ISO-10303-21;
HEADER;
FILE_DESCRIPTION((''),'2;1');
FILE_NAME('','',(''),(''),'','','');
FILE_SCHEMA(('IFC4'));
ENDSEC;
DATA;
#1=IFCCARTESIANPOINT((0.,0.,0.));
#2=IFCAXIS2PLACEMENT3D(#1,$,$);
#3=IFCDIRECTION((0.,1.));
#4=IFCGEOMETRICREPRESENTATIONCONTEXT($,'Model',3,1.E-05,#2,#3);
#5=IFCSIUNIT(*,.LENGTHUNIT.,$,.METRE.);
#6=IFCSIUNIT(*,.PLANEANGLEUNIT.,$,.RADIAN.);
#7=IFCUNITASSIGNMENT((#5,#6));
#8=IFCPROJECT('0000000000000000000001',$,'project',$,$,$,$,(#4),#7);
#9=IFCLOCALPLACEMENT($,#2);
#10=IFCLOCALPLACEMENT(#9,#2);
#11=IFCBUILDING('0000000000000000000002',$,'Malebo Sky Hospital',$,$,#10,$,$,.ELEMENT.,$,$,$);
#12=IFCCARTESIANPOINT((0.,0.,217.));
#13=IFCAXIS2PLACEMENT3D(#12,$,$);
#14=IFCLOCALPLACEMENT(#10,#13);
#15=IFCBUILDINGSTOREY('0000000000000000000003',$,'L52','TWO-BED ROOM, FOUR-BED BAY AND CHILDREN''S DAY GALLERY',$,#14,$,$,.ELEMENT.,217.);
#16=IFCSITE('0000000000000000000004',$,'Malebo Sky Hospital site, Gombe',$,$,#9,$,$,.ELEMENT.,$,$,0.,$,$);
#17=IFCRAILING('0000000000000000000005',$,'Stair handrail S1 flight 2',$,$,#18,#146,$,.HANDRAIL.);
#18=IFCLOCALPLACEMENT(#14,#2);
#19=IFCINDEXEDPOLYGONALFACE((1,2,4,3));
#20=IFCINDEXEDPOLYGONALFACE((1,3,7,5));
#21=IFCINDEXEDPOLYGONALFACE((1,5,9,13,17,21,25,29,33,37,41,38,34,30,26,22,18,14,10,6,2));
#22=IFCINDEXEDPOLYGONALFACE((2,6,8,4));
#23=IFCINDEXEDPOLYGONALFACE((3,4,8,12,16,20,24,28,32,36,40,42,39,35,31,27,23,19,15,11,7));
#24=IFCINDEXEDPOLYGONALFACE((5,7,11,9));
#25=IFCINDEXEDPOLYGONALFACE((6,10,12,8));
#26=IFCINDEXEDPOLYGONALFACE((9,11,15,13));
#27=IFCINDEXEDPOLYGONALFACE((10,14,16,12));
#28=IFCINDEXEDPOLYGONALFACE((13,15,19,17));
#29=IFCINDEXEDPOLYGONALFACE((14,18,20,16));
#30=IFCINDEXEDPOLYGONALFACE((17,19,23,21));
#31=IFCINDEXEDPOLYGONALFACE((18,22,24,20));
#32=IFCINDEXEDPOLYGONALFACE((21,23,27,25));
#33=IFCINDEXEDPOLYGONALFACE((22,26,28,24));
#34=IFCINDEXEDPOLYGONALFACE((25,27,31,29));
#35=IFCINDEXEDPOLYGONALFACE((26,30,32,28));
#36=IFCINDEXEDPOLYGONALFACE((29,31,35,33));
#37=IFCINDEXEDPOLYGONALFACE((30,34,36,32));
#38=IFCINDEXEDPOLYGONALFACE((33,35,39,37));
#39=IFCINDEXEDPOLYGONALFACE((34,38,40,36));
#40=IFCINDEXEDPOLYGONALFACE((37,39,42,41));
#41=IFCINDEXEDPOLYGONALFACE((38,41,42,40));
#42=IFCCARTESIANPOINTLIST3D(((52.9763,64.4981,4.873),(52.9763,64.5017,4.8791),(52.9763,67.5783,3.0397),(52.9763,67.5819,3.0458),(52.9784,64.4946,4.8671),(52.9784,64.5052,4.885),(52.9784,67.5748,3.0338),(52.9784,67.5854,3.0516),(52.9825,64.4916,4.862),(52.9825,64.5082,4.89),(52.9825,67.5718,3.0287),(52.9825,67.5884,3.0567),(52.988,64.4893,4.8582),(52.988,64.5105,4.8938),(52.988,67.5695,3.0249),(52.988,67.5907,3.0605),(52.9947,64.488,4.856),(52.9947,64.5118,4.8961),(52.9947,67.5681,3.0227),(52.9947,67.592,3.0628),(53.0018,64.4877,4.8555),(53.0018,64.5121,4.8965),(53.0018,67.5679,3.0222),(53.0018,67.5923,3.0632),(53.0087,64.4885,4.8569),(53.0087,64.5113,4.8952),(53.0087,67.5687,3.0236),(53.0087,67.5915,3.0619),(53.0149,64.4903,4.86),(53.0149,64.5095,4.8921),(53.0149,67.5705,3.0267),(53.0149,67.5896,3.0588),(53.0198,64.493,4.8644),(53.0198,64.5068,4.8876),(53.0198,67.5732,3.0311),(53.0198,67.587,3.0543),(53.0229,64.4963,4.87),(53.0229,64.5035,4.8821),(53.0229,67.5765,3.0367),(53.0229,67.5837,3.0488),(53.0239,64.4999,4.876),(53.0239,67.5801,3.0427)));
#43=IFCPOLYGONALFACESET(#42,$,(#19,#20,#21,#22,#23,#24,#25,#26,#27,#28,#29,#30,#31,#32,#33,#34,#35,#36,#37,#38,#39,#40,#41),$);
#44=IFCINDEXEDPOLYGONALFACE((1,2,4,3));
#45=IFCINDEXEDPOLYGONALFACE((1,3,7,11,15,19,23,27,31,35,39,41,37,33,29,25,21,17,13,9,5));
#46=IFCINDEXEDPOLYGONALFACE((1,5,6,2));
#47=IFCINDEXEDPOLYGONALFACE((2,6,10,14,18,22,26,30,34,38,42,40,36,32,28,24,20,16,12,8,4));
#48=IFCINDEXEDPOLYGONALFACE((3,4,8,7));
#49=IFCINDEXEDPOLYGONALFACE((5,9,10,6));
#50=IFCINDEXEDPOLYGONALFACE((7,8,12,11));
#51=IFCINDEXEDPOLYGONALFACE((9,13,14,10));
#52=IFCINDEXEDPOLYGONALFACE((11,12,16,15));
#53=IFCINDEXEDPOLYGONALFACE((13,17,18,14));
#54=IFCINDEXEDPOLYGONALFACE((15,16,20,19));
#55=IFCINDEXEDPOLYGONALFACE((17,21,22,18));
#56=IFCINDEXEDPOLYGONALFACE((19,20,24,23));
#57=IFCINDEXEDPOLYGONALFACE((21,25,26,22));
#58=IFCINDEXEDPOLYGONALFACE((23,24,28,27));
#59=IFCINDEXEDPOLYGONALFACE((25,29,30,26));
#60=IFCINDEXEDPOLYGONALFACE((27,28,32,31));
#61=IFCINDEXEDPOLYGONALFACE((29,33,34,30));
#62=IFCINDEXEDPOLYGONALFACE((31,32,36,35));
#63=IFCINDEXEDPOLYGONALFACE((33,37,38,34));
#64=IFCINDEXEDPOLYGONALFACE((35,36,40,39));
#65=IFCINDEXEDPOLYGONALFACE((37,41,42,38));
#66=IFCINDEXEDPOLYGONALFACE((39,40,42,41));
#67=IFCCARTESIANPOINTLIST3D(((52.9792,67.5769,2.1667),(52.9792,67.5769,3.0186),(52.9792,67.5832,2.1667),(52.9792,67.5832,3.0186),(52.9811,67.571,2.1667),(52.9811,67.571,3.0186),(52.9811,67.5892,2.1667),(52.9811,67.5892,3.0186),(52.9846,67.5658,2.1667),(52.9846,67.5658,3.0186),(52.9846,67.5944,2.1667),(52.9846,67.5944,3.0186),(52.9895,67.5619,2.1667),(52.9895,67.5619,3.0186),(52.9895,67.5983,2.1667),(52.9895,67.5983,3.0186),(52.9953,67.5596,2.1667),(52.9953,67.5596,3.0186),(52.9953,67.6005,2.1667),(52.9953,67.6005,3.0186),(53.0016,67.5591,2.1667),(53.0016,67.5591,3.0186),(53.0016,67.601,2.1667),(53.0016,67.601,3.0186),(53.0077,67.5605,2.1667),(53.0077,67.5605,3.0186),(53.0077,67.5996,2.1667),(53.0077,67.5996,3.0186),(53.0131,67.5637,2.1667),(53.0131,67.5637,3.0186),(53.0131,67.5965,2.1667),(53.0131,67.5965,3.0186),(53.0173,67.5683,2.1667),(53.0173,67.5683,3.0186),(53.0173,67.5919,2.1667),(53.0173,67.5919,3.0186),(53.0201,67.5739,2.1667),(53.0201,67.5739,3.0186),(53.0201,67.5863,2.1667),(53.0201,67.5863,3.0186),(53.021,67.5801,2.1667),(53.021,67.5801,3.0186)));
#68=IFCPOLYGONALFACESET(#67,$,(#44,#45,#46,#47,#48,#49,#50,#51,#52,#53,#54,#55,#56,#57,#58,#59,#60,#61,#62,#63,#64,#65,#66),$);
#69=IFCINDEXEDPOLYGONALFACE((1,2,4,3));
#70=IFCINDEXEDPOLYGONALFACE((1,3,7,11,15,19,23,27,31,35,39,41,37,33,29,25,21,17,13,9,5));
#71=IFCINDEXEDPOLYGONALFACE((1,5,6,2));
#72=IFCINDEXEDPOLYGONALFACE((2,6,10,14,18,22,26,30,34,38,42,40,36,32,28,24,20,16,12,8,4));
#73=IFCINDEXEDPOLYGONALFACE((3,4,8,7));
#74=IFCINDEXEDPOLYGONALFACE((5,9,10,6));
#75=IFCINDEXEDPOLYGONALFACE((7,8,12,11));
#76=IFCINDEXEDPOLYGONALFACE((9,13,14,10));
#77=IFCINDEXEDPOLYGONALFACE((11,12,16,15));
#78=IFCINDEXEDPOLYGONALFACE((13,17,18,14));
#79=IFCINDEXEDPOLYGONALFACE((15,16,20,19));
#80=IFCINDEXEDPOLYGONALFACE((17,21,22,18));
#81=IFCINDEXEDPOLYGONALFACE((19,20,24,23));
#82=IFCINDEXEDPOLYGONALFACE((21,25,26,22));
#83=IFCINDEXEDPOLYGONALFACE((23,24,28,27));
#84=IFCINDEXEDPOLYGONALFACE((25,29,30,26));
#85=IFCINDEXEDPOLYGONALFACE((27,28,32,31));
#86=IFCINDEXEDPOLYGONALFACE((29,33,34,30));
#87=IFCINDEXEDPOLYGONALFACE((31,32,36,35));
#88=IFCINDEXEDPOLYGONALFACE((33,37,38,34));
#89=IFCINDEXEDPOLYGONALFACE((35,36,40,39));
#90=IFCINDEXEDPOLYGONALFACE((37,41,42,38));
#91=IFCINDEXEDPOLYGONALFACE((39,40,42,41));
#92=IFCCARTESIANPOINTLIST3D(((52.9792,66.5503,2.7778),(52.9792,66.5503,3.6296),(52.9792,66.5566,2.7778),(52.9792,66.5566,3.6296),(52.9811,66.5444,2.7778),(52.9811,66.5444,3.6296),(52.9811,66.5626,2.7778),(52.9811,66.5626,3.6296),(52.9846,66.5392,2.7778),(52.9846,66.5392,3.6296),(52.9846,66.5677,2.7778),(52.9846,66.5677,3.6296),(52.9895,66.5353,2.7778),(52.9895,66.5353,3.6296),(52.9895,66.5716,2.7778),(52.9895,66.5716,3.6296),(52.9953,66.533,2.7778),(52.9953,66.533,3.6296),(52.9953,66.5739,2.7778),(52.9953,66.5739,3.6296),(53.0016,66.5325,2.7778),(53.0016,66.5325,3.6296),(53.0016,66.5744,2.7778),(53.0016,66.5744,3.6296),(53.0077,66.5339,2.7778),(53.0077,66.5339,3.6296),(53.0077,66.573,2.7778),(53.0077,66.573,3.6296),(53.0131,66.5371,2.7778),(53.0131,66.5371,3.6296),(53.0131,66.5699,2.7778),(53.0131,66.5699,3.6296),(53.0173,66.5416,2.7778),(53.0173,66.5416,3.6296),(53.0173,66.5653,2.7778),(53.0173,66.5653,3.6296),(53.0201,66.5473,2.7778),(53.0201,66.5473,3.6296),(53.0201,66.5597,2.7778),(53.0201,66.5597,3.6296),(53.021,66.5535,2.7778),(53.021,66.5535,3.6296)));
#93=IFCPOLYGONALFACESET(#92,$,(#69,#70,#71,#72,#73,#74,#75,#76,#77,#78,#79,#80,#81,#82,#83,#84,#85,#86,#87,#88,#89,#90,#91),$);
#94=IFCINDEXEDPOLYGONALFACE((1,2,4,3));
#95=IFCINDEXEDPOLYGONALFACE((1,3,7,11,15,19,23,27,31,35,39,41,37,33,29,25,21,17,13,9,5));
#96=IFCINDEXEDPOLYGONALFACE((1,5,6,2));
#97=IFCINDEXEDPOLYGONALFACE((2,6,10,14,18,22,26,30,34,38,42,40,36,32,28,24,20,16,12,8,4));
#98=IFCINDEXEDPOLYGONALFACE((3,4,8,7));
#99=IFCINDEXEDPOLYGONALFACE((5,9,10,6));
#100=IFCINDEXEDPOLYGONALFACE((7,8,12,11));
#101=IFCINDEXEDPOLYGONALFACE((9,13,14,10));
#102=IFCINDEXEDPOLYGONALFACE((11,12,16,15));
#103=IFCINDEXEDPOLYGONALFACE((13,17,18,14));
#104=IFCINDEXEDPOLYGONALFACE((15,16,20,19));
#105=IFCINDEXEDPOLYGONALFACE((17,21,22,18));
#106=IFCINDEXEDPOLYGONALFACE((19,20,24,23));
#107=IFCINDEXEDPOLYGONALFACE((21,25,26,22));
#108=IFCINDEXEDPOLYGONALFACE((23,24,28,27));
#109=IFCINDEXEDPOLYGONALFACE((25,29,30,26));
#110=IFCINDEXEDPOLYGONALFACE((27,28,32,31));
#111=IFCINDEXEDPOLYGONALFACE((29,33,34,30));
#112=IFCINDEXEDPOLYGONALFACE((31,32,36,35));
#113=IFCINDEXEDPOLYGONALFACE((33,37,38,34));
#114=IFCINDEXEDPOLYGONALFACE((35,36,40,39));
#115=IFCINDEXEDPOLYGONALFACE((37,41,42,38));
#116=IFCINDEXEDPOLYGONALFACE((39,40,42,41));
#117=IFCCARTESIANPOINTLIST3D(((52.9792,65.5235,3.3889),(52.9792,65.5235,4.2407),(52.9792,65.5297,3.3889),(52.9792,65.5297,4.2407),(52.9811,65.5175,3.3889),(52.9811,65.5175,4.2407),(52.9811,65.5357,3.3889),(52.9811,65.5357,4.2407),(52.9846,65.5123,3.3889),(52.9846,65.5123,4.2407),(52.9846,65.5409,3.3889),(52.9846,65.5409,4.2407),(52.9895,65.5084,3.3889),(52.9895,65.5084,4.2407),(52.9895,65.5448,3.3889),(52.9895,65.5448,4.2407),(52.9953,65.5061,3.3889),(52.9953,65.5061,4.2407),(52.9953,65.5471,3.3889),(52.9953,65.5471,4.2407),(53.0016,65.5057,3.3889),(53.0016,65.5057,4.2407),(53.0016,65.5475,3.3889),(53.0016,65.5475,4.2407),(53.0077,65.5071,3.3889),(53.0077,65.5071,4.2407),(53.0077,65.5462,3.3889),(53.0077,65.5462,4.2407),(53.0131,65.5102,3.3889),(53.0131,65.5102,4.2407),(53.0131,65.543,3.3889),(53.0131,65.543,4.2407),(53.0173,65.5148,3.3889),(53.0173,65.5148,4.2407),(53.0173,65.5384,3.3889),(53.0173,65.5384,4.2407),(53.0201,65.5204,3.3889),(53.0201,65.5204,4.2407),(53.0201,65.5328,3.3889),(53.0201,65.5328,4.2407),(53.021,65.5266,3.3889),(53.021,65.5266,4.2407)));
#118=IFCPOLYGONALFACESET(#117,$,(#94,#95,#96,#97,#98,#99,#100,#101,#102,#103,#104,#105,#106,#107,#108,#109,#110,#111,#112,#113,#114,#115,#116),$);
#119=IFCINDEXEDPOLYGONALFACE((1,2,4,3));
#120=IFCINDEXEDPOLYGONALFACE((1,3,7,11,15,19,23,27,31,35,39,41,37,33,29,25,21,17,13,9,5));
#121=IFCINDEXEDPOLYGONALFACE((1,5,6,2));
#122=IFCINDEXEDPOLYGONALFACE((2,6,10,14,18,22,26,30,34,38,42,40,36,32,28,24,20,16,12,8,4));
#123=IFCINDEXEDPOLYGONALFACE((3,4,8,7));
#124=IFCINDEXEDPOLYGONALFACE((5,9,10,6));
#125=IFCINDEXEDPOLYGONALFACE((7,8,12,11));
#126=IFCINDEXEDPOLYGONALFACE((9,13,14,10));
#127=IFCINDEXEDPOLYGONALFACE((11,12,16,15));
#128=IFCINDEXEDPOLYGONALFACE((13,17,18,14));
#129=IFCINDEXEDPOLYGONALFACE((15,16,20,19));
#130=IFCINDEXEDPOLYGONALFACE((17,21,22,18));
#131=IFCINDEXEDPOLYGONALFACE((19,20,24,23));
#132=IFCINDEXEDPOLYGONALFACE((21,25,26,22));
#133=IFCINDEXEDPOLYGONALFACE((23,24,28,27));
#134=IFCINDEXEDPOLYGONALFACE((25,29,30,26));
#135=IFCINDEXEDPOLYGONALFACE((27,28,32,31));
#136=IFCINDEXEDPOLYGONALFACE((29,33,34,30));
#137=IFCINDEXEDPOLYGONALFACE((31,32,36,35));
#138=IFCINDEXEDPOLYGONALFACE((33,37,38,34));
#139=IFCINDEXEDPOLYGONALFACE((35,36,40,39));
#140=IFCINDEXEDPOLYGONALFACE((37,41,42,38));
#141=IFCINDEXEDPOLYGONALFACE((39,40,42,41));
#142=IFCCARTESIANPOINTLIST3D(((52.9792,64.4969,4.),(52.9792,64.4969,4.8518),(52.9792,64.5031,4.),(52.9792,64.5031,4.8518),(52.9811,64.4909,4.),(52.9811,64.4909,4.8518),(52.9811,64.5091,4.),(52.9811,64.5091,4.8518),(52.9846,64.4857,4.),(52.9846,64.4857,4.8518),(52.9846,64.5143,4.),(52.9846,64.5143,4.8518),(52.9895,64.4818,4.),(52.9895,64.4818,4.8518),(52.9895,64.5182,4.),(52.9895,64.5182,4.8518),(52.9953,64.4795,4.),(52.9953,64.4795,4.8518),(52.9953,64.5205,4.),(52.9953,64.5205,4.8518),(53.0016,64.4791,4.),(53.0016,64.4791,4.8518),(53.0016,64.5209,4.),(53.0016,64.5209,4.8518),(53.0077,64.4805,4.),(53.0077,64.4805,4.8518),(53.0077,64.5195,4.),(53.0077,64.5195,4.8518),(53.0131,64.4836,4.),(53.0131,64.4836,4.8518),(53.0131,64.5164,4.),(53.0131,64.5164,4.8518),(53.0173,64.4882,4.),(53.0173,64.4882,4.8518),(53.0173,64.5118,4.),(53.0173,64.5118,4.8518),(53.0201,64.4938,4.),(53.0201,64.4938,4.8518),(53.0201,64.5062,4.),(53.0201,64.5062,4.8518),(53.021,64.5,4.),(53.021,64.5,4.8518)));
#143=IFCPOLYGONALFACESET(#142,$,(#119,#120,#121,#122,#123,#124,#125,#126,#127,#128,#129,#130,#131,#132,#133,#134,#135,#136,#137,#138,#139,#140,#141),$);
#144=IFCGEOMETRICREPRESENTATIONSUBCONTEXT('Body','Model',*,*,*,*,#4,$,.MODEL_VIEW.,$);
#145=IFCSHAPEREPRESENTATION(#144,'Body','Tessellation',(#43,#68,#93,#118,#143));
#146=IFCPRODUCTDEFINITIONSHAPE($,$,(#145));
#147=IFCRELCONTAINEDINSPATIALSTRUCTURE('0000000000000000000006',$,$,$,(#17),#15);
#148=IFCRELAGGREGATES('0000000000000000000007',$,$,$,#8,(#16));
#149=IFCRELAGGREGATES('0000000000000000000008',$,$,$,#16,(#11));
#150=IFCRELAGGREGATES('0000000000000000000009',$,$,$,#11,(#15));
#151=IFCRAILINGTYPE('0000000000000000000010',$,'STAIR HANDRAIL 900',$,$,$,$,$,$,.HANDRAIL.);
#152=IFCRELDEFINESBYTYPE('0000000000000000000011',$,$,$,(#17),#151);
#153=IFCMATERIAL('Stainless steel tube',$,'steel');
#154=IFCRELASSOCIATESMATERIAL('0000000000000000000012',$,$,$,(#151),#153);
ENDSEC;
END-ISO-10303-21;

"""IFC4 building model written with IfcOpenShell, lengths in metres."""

from ifc_helpers import new_model, si_unit, direction, frame, origin, origin_2d, place, context, subcontext, project, spatial, circle, extrude, material, type_object, element, save


model = new_model("IFC4")

# Units and contexts
model_context = context("Model", 3, precision=1e-05, world=origin(), true_north=direction((0.0, 1.0)))
body_context = subcontext(model_context, "Body", "Model", "MODEL_VIEW")
ifc_project = project(units=[si_unit("LENGTHUNIT", "METRE"), si_unit("PLANEANGLEUNIT", "RADIAN")], contexts=[model_context])

# Site, building, storey
site_placement = place(None, origin())
site = spatial("IfcSite", under=ifc_project, at=site_placement, Name="Malebo Sky Hospital site, Gombe", CompositionType="ELEMENT", RefElevation=0.0)
building_placement = place(site_placement, origin())
building = spatial("IfcBuilding", under=site, at=building_placement, Name="Malebo Sky Hospital", CompositionType="ELEMENT")
storey_placement = place(building_placement, frame((0.0, 0.0, 217.0)))
storey = spatial("IfcBuildingStorey", under=building, at=storey_placement, Name="L52", Description="TWO-BED ROOM, FOUR-BED BAY AND CHILDREN'S DAY GALLERY", CompositionType="ELEMENT", Elevation=217.0)

# Railing
ifc_material_1 = material(Name="Stainless steel tube", Category="steel")
railing_type = type_object("IfcRailingType", Name="STAIR HANDRAIL 900", PredefinedType="HANDRAIL", material=ifc_material_1)
railing_1_placement = place(storey_placement, frame((53.0, 67.5801, 2.1667)))
element("IfcRailing", 1, at=railing_1_placement, inside=storey, type_object=railing_type, Name="Stair handrail S1 flight 2", PredefinedType="HANDRAIL", context=body_context, shape_type="SweptSolid", body=[
    extrude(circle(Radius=0.0239, at=origin_2d()), frame((0.0, 0.0, 0.876), z_axis=(0.0, -0.859309, 0.511458), x_axis=(1.0, 0.0, 0.0)), (0.0, 0.0, 1.0), 3.5845),
    extrude(circle(Radius=0.021, at=origin_2d()), origin(), (0.0, 0.0, 1.0), 0.8518),
    extrude(circle(Radius=0.021, at=origin_2d()), frame((0.0, -1.0266, 0.6111)), (0.0, 0.0, 1.0), 0.8518),
    extrude(circle(Radius=0.021, at=origin_2d()), frame((0.0, -2.0535, 1.2222)), (0.0, 0.0, 1.0), 0.8518),
    extrude(circle(Radius=0.021, at=origin_2d()), frame((0.0, -3.0801, 1.8333)), (0.0, 0.0, 1.0), 0.8518),
])

save(model, "model.ifc")
